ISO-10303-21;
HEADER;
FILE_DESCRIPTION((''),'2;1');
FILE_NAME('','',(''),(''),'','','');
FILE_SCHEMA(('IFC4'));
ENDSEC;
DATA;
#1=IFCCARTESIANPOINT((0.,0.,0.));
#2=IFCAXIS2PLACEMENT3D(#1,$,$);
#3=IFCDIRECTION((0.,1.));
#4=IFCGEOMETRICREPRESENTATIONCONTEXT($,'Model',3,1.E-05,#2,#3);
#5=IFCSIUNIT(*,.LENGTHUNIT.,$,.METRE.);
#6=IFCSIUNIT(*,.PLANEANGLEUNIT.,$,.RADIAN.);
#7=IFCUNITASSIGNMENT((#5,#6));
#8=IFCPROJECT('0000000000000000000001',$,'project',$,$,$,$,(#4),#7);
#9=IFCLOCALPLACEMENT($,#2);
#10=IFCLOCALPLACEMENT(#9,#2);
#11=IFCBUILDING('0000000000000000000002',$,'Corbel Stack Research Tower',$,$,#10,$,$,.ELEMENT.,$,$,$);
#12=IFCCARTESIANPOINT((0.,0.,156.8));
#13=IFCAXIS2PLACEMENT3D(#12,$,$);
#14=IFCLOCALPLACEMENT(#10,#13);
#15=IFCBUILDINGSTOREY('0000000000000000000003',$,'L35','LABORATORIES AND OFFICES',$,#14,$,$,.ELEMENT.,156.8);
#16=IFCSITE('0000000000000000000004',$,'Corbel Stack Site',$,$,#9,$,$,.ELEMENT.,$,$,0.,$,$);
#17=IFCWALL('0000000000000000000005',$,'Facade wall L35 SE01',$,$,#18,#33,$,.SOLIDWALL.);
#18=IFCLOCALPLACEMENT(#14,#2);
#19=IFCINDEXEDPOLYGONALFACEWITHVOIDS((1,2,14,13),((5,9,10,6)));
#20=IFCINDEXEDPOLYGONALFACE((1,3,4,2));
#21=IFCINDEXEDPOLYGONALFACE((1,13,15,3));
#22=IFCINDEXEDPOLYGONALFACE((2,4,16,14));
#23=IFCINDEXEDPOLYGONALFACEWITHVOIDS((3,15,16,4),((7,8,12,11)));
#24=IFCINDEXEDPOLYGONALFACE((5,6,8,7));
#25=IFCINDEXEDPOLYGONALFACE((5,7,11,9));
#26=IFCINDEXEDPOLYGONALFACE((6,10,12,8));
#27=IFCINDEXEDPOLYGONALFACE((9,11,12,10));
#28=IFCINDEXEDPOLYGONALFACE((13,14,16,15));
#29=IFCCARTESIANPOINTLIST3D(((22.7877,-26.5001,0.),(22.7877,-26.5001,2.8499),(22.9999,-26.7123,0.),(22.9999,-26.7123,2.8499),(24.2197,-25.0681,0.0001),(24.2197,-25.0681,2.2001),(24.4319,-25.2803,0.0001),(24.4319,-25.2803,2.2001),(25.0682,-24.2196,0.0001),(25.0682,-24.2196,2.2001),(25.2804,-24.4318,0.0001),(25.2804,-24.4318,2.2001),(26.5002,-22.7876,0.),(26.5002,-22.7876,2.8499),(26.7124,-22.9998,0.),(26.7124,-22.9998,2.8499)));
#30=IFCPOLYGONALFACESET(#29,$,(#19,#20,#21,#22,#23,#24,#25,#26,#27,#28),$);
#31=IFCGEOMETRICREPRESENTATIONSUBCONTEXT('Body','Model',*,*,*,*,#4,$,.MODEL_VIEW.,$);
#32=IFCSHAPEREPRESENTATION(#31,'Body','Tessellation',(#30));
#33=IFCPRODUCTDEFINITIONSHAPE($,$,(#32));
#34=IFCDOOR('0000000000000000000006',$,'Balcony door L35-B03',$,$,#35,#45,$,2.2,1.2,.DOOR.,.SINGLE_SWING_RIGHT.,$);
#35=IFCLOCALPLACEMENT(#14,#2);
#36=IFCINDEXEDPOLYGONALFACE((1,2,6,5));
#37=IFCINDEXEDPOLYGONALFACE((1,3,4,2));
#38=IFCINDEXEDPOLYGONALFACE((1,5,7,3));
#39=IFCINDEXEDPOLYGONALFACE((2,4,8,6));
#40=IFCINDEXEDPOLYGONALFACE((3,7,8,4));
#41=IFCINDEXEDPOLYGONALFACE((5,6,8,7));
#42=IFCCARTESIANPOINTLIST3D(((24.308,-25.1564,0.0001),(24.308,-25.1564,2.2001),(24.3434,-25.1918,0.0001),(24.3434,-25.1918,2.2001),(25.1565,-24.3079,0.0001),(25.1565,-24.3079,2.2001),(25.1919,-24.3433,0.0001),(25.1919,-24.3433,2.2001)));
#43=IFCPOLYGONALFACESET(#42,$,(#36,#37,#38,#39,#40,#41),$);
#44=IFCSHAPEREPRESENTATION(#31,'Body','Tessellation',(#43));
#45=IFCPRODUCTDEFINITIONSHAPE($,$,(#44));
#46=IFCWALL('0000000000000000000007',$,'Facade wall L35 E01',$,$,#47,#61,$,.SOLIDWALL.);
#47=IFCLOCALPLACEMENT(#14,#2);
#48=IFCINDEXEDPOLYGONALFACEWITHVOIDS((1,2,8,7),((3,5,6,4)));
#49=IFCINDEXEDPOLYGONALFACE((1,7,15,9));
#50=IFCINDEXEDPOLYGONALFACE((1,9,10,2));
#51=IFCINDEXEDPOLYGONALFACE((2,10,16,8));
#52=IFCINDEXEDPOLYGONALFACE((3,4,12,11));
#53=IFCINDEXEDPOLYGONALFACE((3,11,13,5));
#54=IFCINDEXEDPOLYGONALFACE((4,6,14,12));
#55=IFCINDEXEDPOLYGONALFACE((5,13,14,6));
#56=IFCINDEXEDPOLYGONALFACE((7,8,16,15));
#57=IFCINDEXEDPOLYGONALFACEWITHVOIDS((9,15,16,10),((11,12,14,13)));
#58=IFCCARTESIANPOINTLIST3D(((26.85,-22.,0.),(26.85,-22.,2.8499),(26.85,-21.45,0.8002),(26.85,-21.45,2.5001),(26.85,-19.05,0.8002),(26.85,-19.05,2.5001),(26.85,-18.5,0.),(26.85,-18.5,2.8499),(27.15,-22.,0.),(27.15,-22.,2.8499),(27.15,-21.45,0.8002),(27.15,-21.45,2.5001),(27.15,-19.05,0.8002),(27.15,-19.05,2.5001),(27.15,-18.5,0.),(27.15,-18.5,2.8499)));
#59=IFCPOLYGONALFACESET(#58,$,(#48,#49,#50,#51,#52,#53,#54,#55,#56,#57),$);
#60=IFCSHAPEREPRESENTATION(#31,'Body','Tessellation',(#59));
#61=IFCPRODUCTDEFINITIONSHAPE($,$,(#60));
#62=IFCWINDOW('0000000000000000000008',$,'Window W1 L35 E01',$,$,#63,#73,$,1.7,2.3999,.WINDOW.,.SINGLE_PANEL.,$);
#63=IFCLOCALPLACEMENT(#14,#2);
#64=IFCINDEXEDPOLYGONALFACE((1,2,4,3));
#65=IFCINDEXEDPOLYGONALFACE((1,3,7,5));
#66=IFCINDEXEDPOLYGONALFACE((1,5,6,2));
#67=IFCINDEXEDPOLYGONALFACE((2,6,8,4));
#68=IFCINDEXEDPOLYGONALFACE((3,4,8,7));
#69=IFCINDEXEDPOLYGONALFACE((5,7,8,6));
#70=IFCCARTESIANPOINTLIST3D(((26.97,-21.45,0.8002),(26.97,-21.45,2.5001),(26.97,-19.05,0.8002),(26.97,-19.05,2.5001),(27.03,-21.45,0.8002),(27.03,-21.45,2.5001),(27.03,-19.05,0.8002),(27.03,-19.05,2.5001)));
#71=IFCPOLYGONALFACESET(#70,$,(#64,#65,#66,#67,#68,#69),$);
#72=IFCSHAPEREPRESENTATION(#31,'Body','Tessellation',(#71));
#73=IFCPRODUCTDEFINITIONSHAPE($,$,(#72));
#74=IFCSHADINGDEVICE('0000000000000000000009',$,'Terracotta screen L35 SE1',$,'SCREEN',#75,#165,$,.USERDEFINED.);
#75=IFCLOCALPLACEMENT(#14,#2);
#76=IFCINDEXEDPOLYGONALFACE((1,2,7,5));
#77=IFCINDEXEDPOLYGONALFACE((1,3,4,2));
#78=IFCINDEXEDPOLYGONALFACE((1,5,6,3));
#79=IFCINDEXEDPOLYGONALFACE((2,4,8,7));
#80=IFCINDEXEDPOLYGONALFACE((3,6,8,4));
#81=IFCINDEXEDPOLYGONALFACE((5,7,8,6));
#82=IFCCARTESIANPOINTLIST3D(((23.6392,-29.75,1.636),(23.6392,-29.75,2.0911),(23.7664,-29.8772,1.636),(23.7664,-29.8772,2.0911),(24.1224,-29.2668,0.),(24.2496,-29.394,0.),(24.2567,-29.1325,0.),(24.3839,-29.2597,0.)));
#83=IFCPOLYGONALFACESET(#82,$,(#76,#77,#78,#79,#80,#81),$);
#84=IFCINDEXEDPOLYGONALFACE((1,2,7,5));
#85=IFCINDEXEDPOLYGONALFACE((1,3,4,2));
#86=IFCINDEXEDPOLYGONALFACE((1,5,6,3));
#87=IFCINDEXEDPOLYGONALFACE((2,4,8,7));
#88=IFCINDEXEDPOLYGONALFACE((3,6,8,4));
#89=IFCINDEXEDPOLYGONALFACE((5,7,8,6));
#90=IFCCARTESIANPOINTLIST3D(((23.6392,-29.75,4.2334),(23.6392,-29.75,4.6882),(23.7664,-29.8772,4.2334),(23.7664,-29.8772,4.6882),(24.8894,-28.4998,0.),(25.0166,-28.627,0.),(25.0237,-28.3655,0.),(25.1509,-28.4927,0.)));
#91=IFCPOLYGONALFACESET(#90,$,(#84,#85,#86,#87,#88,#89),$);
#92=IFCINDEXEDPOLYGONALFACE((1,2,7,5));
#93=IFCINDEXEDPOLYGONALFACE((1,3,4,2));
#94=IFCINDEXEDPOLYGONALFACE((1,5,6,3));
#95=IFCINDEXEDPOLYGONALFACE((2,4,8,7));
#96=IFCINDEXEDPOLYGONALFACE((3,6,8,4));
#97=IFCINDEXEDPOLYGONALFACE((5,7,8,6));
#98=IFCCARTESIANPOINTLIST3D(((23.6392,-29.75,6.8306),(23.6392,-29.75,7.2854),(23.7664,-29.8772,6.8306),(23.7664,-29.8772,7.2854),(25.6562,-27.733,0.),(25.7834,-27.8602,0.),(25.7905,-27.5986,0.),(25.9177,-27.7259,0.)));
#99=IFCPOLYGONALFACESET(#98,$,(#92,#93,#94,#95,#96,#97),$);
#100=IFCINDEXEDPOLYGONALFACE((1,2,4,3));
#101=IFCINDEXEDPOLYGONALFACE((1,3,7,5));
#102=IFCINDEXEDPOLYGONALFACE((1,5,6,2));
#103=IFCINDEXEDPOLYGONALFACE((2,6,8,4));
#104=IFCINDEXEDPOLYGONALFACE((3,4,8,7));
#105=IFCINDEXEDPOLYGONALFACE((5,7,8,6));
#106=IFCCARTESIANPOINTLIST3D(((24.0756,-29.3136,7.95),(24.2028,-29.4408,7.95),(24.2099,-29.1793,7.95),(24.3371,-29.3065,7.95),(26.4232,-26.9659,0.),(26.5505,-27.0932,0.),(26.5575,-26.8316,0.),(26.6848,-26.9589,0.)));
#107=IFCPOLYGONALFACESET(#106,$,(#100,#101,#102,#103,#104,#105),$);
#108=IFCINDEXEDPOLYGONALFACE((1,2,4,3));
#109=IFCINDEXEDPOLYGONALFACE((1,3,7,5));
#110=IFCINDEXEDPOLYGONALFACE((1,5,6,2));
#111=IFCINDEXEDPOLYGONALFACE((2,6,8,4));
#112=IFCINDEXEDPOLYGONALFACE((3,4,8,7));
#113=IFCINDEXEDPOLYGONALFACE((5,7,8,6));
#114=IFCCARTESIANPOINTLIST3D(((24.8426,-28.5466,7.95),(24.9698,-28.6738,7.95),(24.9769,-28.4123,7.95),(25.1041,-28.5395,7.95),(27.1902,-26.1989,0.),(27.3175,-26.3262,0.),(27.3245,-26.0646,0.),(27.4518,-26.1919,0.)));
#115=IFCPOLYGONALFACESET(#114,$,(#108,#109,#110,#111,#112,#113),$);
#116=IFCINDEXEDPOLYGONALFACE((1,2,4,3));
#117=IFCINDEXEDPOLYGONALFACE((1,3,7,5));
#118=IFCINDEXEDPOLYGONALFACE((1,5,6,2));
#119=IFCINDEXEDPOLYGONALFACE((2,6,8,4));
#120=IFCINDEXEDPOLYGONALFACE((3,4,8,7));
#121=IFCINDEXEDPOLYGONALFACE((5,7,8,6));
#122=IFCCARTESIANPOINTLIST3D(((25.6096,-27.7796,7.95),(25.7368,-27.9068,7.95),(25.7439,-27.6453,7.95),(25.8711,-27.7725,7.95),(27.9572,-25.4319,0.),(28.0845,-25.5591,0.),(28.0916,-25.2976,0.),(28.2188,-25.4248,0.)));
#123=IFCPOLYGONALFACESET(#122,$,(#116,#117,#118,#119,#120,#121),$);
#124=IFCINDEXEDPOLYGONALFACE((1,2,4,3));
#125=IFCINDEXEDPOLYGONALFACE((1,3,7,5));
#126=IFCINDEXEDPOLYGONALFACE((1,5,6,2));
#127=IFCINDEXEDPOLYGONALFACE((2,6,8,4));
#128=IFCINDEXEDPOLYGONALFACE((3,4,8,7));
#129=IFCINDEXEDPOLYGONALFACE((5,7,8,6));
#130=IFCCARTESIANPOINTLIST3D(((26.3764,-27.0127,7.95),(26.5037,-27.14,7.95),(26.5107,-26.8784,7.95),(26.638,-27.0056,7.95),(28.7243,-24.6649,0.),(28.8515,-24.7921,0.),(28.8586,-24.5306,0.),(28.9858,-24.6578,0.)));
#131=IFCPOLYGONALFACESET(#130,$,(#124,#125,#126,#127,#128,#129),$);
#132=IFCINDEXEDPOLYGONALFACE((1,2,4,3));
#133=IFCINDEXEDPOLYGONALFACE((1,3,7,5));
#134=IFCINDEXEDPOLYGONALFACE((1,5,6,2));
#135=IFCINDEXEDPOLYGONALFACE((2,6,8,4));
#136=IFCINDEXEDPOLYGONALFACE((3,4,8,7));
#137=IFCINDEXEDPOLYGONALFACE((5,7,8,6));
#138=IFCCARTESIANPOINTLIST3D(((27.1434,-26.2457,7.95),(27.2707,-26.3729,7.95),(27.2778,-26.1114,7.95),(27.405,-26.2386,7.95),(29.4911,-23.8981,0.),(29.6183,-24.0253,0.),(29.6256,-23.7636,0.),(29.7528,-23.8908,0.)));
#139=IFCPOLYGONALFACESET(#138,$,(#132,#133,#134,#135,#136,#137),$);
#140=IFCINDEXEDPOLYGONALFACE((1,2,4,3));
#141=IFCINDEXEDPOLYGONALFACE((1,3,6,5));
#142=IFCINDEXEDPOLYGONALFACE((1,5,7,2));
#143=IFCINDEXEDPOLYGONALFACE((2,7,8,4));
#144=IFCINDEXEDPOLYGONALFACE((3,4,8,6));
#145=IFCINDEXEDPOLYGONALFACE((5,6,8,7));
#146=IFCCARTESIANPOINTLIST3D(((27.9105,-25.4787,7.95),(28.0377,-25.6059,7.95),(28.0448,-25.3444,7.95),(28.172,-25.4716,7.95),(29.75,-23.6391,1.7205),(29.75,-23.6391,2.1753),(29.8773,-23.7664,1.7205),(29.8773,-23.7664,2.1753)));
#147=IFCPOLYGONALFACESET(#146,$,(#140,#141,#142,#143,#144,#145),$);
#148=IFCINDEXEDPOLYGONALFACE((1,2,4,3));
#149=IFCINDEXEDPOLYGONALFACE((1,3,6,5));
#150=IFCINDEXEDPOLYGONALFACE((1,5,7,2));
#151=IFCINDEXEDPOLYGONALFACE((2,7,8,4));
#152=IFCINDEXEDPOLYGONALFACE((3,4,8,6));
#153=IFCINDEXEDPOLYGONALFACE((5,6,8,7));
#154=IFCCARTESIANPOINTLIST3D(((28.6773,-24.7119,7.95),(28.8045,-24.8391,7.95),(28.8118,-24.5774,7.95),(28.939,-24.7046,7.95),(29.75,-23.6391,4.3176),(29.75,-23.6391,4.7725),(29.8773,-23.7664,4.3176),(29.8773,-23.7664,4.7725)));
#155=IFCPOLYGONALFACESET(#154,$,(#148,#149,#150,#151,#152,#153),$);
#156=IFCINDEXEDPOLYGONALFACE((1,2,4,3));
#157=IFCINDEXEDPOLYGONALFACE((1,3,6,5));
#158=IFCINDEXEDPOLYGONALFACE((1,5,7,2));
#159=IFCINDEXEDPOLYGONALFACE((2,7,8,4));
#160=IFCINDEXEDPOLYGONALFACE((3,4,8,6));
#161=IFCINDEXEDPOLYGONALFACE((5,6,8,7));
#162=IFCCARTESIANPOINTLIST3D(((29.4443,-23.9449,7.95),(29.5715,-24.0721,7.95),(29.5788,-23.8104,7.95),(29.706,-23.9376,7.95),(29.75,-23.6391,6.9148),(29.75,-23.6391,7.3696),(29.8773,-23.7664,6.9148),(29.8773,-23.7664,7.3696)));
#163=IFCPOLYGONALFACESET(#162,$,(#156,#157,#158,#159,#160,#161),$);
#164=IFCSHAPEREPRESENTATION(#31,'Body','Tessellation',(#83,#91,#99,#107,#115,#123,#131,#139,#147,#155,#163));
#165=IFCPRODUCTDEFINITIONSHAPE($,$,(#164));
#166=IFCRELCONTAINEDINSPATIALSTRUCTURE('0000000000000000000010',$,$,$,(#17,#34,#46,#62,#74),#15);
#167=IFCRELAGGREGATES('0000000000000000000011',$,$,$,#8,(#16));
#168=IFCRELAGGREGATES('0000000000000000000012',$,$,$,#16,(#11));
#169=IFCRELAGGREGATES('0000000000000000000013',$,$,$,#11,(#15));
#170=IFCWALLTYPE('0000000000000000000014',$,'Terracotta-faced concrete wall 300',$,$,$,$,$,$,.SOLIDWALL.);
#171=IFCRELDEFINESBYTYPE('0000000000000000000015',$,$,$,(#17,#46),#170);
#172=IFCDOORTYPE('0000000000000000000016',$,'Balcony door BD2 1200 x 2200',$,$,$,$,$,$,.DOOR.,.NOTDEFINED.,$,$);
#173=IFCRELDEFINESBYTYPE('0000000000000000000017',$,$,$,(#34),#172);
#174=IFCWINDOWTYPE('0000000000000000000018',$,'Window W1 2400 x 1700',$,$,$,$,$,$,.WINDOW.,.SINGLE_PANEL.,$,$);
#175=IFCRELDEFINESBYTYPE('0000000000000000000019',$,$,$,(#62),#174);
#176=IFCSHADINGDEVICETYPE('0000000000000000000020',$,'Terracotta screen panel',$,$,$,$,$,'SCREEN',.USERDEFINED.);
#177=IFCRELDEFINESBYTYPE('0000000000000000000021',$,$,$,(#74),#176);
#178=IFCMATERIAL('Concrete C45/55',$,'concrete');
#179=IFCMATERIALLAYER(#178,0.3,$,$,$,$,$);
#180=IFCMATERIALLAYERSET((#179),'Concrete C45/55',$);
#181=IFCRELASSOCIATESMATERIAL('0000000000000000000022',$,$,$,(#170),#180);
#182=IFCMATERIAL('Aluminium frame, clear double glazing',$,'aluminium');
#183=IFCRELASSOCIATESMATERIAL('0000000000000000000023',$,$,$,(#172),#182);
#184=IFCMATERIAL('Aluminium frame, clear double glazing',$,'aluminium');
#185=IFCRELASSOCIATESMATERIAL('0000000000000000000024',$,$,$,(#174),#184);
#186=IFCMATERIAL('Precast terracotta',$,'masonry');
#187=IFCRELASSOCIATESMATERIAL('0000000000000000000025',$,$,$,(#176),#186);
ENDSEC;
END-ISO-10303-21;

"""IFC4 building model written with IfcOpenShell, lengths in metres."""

from ifc_helpers import new_model, si_unit, direction, frame, frame_2d, origin, place, context, subcontext, project, spatial, polyline, rectangle, outline, extrude, source, transform, mapped, material, layer, layer_set, type_object, element, fill, save


model = new_model("IFC4")

# Units and contexts
model_context = context("Model", 3, precision=1e-05, world=origin(), true_north=direction((0.0, 1.0)))
body_context = subcontext(model_context, "Body", "Model", "MODEL_VIEW")
ifc_project = project(units=[si_unit("LENGTHUNIT", "METRE"), si_unit("PLANEANGLEUNIT", "RADIAN")], contexts=[model_context])

# Site, building, storey
site_placement = place(None, origin())
site = spatial("IfcSite", under=ifc_project, at=site_placement, Name="Corbel Stack Site", CompositionType="ELEMENT", RefElevation=0.0)
building_placement = place(site_placement, origin())
building = spatial("IfcBuilding", under=site, at=building_placement, Name="Corbel Stack Research Tower", CompositionType="ELEMENT")
storey_placement = place(building_placement, frame((0.0, 0.0, 156.8)))
storey = spatial("IfcBuildingStorey", under=building, at=storey_placement, Name="L35", Description="LABORATORIES AND OFFICES", CompositionType="ELEMENT", Elevation=156.8)

# Shared definitions
ifc_material_1 = material(Name="Concrete C45/55", Category="concrete")
ifc_layer_1 = layer(ifc_material_1, 0.3)
ifc_layer_set_1 = layer_set([ifc_layer_1], Name="Concrete C45/55")
wall_type_1 = type_object("IfcWallType", Name="Terracotta-faced concrete wall 300", PredefinedType="SOLIDWALL", material=ifc_layer_set_1)

# Wall, opening, door
wall_1_placement = place(storey_placement, frame((26.6062, -22.8938, 0.0), z_axis=(0.0, 0.0, 1.0), x_axis=(-0.707107, -0.707107, 0.0)))
wall_1 = element("IfcWall", 1, at=wall_1_placement, inside=storey, type_object=wall_type_1, Name="Facade wall L35 SE01", PredefinedType="SOLIDWALL", context=body_context, shape_type="SweptSolid", body=[
    extrude(rectangle(XDim=5.2502, YDim=0.3, at=frame_2d((2.625, 0.0))), origin(), (0.0, 0.0, 1.0), 2.8499),
])
opening_1_placement = place(wall_1_placement, frame((2.0249, 0.0, 0.0)))
opening_1 = element("IfcOpeningElement", 2, at=opening_1_placement, cuts=wall_1, PredefinedType="OPENING", context=body_context, shape_type="SweptSolid", body=[
    extrude(rectangle(XDim=1.2, YDim=2.2, at=frame_2d((0.6001, 1.1001))), frame((0.0, 0.1599, 0.0), z_axis=(0.0, -1.0, 0.0), x_axis=(1.0, 0.0, 0.0)), (0.0, 0.0, 1.0), 0.3201),
])
ifc_material_2 = material(Name="Aluminium frame, clear double glazing", Category="aluminium")
door_type_1 = type_object("IfcDoorType", Name="Balcony door BD2 1200 x 2200", OperationType="NOTDEFINED", PredefinedType="DOOR", material=ifc_material_2)
door_1_placement = place(opening_1_placement, origin())
door_1 = element("IfcDoor", 3, at=door_1_placement, inside=storey, type_object=door_type_1, Name="Balcony door L35-B03", OperationType="SINGLE_SWING_RIGHT", OverallHeight=2.2, OverallWidth=1.2, PredefinedType="DOOR", context=body_context, shape_type="SweptSolid", body=[
    extrude(rectangle(XDim=1.2, YDim=2.2, at=frame_2d((0.6001, 1.1001))), frame((0.0, 0.0249, 0.0), z_axis=(0.0, -1.0, 0.0), x_axis=(1.0, 0.0, 0.0)), (0.0, 0.0, 1.0), 0.05),
])
fill(opening_1, door_1)

# Wall, opening, window
wall_2_placement = place(storey_placement, frame((27.0, -18.5, 0.0), z_axis=(0.0, 0.0, 1.0), x_axis=(0.0, -1.0, 0.0)))
wall_2 = element("IfcWall", 4, at=wall_2_placement, inside=storey, type_object=wall_type_1, Name="Facade wall L35 E01", PredefinedType="SOLIDWALL", context=body_context, shape_type="SweptSolid", body=[
    extrude(rectangle(XDim=3.5, YDim=0.3, at=frame_2d((1.75, 0.0))), origin(), (0.0, 0.0, 1.0), 2.8499),
])
opening_2_placement = place(wall_2_placement, frame((0.55, 0.0, 0.8)))
opening_2 = element("IfcOpeningElement", 5, at=opening_2_placement, cuts=wall_2, PredefinedType="OPENING", context=body_context, shape_type="SweptSolid", body=[
    extrude(rectangle(XDim=2.3999, YDim=1.7, at=frame_2d((1.2, 0.8501))), frame((0.0, 0.1599, 0.0), z_axis=(0.0, -1.0, 0.0), x_axis=(1.0, 0.0, 0.0)), (0.0, 0.0, 1.0), 0.3201),
])
ifc_material_3 = material(Name="Aluminium frame, clear double glazing", Category="aluminium")
window_type_1 = type_object("IfcWindowType", Name="Window W1 2400 x 1700", PartitioningType="SINGLE_PANEL", PredefinedType="WINDOW", material=ifc_material_3)
window_1_placement = place(opening_2_placement, origin())
window_1 = element("IfcWindow", 6, at=window_1_placement, inside=storey, type_object=window_type_1, Name="Window W1 L35 E01", OverallHeight=1.7, OverallWidth=2.3999, PartitioningType="SINGLE_PANEL", PredefinedType="WINDOW", context=body_context, shape_type="SweptSolid", body=[
    extrude(rectangle(XDim=2.3999, YDim=1.7, at=frame_2d((1.2, 0.8501))), frame((0.0, 0.03, 0.0), z_axis=(0.0, -1.0, 0.0), x_axis=(1.0, 0.0, 0.0)), (0.0, 0.0, 1.0), 0.0601),
])
fill(opening_2, window_1)

# Shading device
ifc_material_4 = material(Name="Precast terracotta", Category="masonry")
shading_device_type = type_object("IfcShadingDeviceType", Name="Terracotta screen panel", ElementType="SCREEN", PredefinedType="USERDEFINED", material=ifc_material_4)
shared_shape_1 = source(origin(), body_context, "Body", "SweptSolid", [
    extrude(outline(polyline([(0.8733, 0.0), (0.0, 2.0911), (0.0, 1.636), (0.6833, 0.0), (0.8733, 0.0)])), frame((0.0, 0.0, 0.0), z_axis=(0.0, -1.0, 0.0), x_axis=(1.0, 0.0, 0.0)), (0.0, 0.0, 1.0), 0.1799),
    extrude(outline(polyline([(1.958, 0.0), (0.0, 4.6882), (0.0, 4.2334), (1.7681, 0.0), (1.958, 0.0)])), frame((0.0, 0.0, 0.0), z_axis=(0.0, -1.0, 0.0), x_axis=(1.0, 0.0, 0.0)), (0.0, 0.0, 1.0), 0.1799),
    extrude(outline(polyline([(3.0425, 0.0), (0.0, 7.2854), (0.0, 6.8306), (2.8525, 0.0), (3.0425, 0.0)])), frame((0.0, 0.0, 0.0), z_axis=(0.0, -1.0, 0.0), x_axis=(1.0, 0.0, 0.0)), (0.0, 0.0, 1.0), 0.1799),
    extrude(outline(polyline([(4.1272, 0.0), (0.8071, 7.95), (0.6172, 7.95), (3.9373, 0.0), (4.1272, 0.0)])), frame((0.0, 0.0, 0.0), z_axis=(0.0, -1.0, 0.0), x_axis=(1.0, 0.0, 0.0)), (0.0, 0.0, 1.0), 0.1799),
    extrude(outline(polyline([(5.2119, 0.0), (1.8918, 7.95), (1.7019, 7.95), (5.022, 0.0), (5.2119, 0.0)])), frame((0.0, 0.0, 0.0), z_axis=(0.0, -1.0, 0.0), x_axis=(1.0, 0.0, 0.0)), (0.0, 0.0, 1.0), 0.1799),
    extrude(outline(polyline([(6.2966, 0.0), (2.9766, 7.95), (2.7866, 7.95), (6.1067, 0.0), (6.2966, 0.0)])), frame((0.0, 0.0, 0.0), z_axis=(0.0, -1.0, 0.0), x_axis=(1.0, 0.0, 0.0)), (0.0, 0.0, 1.0), 0.1799),
    extrude(outline(polyline([(7.3813, 0.0), (4.061, 7.95), (3.8711, 7.95), (7.1914, 0.0), (7.3813, 0.0)])), frame((0.0, 0.0, 0.0), z_axis=(0.0, -1.0, 0.0), x_axis=(1.0, 0.0, 0.0)), (0.0, 0.0, 1.0), 0.1799),
    extrude(outline(polyline([(8.4661, 0.0), (5.1458, 7.95), (4.9558, 7.95), (8.2759, 0.0), (8.4661, 0.0)])), frame((0.0, 0.0, 0.0), z_axis=(0.0, -1.0, 0.0), x_axis=(1.0, 0.0, 0.0)), (0.0, 0.0, 1.0), 0.1799),
    extrude(outline(polyline([(6.2305, 7.95), (6.0405, 7.95), (8.6421, 1.7205), (8.6421, 2.1753), (6.2305, 7.95)])), frame((0.0, 0.0, 0.0), z_axis=(0.0, -1.0, 0.0), x_axis=(1.0, 0.0, 0.0)), (0.0, 0.0, 1.0), 0.1799),
    extrude(outline(polyline([(7.3152, 7.95), (7.125, 7.95), (8.6421, 4.3176), (8.6421, 4.7725), (7.3152, 7.95)])), frame((0.0, 0.0, 0.0), z_axis=(0.0, -1.0, 0.0), x_axis=(1.0, 0.0, 0.0)), (0.0, 0.0, 1.0), 0.1799),
    extrude(outline(polyline([(8.3999, 7.95), (8.2097, 7.95), (8.6421, 6.9148), (8.6421, 7.3696), (8.3999, 7.95)])), frame((0.0, 0.0, 0.0), z_axis=(0.0, -1.0, 0.0), x_axis=(1.0, 0.0, 0.0)), (0.0, 0.0, 1.0), 0.1799),
])
shading_device_1_placement = place(storey_placement, frame((23.6392, -29.75, 0.0), z_axis=(0.0, 0.0, 1.0), x_axis=(0.707107, 0.707107, 0.0)))
element("IfcShadingDevice", 7, at=shading_device_1_placement, inside=storey, type_object=shading_device_type, Name="Terracotta screen L35 SE1", ObjectType="SCREEN", PredefinedType="USERDEFINED", context=body_context, shape_type="MappedRepresentation", body=[
    mapped(shared_shape_1, transform((0.0, 0.0, 0.0))),
])

save(model, "model.ifc")
